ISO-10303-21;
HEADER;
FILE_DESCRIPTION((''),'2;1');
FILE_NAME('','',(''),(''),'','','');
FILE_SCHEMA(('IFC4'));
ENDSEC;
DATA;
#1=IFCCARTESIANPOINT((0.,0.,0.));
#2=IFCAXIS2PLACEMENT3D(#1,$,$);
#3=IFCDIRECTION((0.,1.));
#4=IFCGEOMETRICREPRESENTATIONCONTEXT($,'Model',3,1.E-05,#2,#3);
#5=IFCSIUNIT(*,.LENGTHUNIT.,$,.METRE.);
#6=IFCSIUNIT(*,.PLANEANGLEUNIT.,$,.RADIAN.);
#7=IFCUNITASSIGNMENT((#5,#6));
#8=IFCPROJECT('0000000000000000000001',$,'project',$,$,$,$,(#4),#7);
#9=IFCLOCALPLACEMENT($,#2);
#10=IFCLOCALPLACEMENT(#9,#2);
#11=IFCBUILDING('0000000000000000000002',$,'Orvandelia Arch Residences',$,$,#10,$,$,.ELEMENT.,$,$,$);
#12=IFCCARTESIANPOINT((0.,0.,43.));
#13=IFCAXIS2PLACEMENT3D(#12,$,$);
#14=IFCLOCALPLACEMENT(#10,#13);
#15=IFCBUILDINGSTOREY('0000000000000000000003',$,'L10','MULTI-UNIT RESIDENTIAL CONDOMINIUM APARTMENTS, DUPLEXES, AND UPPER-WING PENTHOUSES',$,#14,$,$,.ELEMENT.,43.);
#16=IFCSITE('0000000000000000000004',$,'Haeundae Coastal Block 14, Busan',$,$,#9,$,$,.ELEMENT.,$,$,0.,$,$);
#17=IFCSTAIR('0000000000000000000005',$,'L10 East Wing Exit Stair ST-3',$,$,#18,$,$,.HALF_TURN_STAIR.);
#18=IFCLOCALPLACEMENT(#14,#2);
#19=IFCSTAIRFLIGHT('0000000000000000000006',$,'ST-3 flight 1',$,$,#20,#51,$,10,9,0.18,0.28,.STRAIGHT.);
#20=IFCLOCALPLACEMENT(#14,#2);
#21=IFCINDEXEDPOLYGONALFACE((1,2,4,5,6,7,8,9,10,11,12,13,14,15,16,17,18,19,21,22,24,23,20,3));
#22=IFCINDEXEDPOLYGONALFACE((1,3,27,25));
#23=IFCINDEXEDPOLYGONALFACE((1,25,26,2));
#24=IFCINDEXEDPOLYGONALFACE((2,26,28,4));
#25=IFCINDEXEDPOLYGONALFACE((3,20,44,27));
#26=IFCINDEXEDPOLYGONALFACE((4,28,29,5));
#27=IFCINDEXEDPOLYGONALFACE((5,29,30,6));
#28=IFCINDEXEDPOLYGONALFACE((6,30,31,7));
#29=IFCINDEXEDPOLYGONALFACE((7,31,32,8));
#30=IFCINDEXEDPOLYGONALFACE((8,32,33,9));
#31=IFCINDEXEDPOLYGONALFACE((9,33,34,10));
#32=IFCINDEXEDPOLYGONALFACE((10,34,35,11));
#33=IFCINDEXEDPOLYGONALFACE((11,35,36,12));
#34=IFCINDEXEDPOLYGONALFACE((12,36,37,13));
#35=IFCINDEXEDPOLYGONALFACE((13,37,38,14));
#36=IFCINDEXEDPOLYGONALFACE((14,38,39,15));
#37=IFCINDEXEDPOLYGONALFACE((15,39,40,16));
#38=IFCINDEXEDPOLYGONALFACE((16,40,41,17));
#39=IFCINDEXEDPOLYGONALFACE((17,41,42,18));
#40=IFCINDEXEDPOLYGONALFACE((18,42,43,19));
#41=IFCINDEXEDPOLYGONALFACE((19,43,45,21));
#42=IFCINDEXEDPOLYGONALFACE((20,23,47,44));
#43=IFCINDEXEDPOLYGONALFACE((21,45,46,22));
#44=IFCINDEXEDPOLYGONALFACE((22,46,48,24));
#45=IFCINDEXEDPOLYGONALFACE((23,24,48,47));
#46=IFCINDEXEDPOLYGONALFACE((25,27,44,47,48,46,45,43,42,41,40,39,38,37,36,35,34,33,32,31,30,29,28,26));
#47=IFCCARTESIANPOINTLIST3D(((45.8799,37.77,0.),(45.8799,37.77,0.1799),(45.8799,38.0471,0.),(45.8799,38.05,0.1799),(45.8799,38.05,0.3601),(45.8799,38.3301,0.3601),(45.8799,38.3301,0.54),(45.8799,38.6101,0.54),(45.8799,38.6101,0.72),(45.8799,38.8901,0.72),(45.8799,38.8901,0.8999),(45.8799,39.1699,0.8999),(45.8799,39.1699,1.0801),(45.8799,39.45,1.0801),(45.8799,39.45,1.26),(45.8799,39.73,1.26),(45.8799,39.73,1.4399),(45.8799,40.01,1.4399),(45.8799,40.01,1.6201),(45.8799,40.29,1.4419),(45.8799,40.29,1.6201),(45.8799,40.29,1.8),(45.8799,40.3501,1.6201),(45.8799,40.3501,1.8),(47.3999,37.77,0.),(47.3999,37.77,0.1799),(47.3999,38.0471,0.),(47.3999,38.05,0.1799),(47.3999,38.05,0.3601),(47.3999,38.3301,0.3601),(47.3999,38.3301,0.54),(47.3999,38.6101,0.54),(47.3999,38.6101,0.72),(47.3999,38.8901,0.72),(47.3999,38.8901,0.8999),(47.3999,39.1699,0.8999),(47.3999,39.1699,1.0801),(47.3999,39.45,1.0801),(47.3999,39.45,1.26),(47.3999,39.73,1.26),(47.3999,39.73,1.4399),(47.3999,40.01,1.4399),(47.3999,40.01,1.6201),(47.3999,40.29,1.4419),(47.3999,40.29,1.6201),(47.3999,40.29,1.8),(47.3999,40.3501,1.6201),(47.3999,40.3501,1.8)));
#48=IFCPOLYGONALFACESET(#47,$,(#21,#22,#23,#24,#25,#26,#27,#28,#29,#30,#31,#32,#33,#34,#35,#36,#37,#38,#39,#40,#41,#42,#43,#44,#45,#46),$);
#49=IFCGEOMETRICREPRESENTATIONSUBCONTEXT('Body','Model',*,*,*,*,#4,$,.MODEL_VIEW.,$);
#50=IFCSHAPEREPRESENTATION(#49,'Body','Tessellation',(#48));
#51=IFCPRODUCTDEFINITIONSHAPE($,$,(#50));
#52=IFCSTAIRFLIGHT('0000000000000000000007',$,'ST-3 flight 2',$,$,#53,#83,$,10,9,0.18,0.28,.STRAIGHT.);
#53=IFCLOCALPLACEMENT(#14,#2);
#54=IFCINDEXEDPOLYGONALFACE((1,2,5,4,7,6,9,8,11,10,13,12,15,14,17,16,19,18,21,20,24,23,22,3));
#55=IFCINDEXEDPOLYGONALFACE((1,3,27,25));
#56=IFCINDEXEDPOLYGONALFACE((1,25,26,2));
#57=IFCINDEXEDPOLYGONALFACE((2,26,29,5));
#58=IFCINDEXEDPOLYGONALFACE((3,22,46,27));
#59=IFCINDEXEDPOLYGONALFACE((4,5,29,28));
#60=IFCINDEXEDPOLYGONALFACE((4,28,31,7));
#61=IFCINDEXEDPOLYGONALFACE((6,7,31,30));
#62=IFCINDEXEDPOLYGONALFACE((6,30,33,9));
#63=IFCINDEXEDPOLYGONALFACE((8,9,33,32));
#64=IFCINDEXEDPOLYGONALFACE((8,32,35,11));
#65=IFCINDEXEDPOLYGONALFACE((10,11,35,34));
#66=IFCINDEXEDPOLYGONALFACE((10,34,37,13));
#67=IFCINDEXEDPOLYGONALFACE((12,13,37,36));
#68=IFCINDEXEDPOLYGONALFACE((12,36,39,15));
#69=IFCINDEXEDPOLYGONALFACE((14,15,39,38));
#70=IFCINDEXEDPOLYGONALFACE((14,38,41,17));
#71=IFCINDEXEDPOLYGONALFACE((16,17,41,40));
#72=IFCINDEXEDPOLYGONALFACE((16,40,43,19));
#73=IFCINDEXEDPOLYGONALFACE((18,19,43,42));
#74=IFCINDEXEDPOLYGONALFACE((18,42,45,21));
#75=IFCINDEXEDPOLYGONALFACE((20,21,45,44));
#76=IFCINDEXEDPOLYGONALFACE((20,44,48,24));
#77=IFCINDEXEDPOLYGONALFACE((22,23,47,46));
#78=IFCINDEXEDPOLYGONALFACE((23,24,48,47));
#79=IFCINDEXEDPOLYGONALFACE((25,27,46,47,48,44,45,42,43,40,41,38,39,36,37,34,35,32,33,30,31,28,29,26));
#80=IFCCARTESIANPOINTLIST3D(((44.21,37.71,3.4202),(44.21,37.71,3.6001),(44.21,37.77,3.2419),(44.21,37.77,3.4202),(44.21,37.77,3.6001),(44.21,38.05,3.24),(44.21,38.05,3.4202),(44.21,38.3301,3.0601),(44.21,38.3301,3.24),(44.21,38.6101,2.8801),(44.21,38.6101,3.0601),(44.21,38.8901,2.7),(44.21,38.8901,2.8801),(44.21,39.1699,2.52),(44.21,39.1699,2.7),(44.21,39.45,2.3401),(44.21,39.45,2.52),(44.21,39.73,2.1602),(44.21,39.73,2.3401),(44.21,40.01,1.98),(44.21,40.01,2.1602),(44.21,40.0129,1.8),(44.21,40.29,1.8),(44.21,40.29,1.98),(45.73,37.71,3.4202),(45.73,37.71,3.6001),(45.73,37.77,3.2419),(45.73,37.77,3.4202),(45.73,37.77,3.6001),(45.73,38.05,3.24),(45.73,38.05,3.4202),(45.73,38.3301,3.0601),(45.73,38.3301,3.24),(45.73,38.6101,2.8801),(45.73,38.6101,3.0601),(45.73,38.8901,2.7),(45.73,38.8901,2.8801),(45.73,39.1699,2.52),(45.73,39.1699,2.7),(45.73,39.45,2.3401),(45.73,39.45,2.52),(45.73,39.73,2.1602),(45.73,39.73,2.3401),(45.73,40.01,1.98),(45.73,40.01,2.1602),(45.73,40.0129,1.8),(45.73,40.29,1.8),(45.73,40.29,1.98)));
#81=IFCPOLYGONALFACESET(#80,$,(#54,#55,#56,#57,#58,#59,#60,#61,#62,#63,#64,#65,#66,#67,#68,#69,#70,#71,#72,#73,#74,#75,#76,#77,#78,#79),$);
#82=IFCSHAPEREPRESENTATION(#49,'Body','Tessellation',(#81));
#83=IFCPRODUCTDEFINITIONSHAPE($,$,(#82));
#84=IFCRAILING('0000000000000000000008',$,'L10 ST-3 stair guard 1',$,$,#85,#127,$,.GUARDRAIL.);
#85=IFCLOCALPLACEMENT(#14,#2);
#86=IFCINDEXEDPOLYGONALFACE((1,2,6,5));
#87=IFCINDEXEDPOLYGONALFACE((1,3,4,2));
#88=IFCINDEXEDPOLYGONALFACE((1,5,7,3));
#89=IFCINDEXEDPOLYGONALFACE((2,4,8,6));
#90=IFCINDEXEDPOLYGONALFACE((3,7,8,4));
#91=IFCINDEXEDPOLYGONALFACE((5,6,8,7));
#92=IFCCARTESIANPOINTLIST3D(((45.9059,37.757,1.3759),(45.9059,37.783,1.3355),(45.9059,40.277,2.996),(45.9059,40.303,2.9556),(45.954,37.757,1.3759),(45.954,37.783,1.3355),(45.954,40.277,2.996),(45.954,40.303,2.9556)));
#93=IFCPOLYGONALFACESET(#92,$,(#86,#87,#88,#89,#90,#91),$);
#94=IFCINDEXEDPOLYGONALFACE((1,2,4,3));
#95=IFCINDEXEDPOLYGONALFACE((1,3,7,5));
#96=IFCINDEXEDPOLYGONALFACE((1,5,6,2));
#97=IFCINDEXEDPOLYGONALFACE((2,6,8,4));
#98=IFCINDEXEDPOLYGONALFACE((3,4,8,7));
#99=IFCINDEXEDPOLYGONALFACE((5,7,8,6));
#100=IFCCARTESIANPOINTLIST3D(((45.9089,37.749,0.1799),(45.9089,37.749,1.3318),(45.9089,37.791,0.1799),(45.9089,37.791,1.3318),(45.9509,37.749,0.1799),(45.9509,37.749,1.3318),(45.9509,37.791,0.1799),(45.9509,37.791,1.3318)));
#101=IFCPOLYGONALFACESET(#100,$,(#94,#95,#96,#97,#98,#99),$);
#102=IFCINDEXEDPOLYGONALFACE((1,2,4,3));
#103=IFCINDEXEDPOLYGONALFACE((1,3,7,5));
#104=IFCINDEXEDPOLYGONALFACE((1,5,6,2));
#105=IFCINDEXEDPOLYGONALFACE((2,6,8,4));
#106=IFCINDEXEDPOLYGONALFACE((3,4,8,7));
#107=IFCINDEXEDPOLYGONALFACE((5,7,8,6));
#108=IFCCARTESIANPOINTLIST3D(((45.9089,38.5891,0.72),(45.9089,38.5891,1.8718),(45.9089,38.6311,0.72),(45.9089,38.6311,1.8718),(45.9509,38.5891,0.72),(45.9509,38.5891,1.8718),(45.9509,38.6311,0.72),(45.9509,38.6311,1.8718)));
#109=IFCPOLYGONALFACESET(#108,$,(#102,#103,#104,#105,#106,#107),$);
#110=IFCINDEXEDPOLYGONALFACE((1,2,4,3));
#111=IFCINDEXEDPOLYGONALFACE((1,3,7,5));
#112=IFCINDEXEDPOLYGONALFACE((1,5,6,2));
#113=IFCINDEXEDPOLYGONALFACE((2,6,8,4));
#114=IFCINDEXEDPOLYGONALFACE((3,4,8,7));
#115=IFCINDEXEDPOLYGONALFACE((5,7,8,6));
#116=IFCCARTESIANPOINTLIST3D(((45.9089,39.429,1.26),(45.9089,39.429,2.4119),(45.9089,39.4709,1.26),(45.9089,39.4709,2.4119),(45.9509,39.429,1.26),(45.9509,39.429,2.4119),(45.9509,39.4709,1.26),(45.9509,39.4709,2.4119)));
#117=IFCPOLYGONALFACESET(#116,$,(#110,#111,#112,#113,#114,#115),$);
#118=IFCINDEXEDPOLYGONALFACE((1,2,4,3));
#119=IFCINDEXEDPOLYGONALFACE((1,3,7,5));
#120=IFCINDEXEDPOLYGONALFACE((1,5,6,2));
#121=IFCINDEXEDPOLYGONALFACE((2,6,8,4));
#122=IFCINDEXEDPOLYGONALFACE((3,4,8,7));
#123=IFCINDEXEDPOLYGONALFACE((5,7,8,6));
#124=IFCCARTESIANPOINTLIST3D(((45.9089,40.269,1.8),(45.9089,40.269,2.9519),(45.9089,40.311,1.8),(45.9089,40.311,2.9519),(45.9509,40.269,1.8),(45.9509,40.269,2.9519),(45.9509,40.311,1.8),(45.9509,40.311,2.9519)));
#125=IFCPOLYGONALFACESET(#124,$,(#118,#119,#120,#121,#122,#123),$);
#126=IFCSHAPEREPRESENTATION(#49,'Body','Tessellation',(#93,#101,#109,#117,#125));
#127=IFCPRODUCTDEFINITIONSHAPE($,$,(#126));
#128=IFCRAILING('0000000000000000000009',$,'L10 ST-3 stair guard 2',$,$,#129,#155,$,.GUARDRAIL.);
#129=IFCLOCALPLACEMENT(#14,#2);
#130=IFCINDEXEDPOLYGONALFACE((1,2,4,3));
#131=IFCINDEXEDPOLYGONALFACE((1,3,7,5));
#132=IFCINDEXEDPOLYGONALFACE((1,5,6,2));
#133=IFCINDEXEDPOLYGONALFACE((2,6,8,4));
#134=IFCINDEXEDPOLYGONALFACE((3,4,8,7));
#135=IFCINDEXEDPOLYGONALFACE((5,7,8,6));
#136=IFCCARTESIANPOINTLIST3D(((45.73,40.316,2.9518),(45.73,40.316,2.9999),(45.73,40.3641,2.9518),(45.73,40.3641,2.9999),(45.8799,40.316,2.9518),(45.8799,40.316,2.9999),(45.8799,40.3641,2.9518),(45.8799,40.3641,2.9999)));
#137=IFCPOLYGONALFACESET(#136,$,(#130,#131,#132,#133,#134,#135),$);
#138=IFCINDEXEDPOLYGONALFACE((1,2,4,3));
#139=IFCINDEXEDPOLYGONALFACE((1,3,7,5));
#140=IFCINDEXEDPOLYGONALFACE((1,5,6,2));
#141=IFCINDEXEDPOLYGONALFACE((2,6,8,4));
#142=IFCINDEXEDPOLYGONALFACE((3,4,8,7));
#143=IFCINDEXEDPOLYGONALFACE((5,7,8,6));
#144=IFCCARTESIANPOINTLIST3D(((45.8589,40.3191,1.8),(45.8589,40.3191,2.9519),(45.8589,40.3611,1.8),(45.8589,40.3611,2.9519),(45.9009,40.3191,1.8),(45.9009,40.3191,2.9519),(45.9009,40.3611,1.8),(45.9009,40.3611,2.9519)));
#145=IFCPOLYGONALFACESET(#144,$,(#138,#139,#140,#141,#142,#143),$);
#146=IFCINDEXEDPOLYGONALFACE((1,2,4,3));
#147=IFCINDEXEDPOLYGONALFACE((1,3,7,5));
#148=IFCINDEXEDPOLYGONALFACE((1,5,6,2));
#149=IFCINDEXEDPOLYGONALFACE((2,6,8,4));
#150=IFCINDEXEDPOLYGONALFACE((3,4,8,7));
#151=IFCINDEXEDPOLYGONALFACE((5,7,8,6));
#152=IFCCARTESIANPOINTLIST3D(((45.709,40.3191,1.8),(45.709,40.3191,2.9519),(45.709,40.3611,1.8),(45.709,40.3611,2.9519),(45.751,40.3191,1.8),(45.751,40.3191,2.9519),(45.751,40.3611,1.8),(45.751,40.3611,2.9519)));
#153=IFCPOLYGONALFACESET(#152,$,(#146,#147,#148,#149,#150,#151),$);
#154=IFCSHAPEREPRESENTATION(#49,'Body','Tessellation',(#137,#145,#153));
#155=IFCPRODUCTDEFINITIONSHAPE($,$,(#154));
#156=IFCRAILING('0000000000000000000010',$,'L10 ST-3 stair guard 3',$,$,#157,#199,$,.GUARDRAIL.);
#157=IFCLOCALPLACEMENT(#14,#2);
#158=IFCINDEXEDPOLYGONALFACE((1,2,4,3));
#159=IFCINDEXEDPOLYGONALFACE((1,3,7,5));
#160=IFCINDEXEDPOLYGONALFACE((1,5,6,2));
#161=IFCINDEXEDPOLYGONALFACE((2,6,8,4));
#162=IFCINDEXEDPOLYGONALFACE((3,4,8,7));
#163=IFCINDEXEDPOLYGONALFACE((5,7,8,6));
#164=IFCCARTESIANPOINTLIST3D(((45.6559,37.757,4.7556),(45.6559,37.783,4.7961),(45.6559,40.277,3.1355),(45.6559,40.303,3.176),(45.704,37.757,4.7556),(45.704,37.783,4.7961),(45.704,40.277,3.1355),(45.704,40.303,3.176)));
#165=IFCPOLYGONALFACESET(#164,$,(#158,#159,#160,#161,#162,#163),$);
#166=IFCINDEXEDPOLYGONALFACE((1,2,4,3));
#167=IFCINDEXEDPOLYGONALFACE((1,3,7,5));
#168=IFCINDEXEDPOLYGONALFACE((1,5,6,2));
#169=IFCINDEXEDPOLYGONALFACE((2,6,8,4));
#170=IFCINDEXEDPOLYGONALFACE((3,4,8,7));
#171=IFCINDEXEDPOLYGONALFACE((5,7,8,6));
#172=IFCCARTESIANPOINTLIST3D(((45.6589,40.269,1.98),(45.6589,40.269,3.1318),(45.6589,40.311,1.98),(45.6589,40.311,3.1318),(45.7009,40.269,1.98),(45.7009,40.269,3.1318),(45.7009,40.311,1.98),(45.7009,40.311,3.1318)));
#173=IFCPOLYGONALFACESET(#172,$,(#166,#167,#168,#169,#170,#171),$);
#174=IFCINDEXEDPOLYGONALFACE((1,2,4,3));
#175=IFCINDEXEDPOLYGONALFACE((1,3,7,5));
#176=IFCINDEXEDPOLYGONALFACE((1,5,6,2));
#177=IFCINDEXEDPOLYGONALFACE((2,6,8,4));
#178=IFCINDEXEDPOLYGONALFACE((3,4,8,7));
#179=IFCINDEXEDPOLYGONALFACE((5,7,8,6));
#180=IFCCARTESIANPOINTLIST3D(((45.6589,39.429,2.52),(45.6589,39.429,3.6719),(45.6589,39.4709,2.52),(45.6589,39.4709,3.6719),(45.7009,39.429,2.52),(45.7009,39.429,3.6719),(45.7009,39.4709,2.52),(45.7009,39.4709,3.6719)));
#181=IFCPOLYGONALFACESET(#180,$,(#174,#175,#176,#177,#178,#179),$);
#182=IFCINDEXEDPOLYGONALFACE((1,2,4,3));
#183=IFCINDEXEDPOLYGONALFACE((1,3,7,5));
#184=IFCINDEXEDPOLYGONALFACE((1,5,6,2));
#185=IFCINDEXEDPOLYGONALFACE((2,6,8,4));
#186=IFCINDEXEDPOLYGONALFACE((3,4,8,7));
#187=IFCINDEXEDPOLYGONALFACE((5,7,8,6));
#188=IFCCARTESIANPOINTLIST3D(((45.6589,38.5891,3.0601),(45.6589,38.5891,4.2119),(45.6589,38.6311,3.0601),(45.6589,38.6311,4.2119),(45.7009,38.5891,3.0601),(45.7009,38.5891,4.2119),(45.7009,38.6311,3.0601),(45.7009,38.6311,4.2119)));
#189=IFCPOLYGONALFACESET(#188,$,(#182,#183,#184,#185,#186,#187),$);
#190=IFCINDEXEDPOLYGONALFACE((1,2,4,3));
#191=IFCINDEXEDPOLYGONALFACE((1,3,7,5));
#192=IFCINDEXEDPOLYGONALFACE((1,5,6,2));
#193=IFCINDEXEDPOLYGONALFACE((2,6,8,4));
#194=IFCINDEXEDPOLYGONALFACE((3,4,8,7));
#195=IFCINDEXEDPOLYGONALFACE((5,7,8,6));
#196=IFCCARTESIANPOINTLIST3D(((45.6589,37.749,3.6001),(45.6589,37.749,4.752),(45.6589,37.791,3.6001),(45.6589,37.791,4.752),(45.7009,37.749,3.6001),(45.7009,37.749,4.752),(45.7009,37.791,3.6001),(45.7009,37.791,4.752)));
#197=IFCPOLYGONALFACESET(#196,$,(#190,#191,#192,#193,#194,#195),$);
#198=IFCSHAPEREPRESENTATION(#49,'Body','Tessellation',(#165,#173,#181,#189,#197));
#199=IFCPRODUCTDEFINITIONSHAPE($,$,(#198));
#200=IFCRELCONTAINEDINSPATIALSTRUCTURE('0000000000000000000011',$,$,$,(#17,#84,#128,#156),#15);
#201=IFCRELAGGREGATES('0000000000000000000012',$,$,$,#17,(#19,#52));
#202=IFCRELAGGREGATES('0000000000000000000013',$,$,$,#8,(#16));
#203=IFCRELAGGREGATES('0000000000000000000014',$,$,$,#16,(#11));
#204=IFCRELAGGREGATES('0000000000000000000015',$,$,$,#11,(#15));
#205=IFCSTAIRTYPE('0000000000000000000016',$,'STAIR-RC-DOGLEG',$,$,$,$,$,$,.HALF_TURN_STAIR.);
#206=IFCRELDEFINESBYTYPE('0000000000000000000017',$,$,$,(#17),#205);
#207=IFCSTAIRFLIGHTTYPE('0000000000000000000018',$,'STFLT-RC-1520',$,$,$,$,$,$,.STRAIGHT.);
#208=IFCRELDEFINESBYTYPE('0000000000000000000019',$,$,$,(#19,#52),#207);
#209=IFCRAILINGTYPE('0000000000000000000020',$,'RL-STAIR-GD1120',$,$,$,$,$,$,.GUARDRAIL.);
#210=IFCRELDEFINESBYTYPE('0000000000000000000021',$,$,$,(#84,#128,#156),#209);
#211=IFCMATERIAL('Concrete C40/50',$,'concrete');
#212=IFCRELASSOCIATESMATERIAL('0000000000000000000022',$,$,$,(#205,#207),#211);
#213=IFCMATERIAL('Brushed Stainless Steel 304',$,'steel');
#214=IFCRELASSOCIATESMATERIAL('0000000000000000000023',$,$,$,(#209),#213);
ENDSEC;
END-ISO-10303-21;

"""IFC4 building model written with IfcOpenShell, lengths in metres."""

from ifc_helpers import new_model, si_unit, direction, frame, origin, origin_2d, place, context, subcontext, project, spatial, polyline, rectangle, outline, extrude, material, type_object, element, aggregate, save


model = new_model("IFC4")

# Units and contexts
model_context = context("Model", 3, precision=1e-05, world=origin(), true_north=direction((0.0, 1.0)))
body_context = subcontext(model_context, "Body", "Model", "MODEL_VIEW")
ifc_project = project(units=[si_unit("LENGTHUNIT", "METRE"), si_unit("PLANEANGLEUNIT", "RADIAN")], contexts=[model_context])

# Site, building, storey
site_placement = place(None, origin())
site = spatial("IfcSite", under=ifc_project, at=site_placement, Name="Haeundae Coastal Block 14, Busan", CompositionType="ELEMENT", RefElevation=0.0)
building_placement = place(site_placement, origin())
building = spatial("IfcBuilding", under=site, at=building_placement, Name="Orvandelia Arch Residences", CompositionType="ELEMENT")
storey_placement = place(building_placement, frame((0.0, 0.0, 43.0)))
storey = spatial("IfcBuildingStorey", under=building, at=storey_placement, Name="L10", Description="MULTI-UNIT RESIDENTIAL CONDOMINIUM APARTMENTS, DUPLEXES, AND UPPER-WING PENTHOUSES", CompositionType="ELEMENT", Elevation=43.0)

# Shared definitions
ifc_material_1 = material(Name="Concrete C40/50", Category="concrete")

# Stair, stair flights
stair_type = type_object("IfcStairType", Name="STAIR-RC-DOGLEG", PredefinedType="HALF_TURN_STAIR", material=ifc_material_1)
stair_placement = place(storey_placement, origin())
stair = element("IfcStair", 1, at=stair_placement, inside=storey, type_object=stair_type, Name="L10 East Wing Exit Stair ST-3", PredefinedType="HALF_TURN_STAIR")
stair_flight_type = type_object("IfcStairFlightType", Name="STFLT-RC-1520", PredefinedType="STRAIGHT", material=ifc_material_1)
stair_flight_1_placement = place(storey_placement, frame((46.6399, 37.77, 0.0), z_axis=(0.0, 0.0, 1.0), x_axis=(0.0, 1.0, 0.0)))
stair_flight_1 = element("IfcStairFlight", 2, at=stair_flight_1_placement, type_object=stair_flight_type, Name="ST-3 flight 1", NumberOfRisers=10, NumberOfTreads=9, PredefinedType="STRAIGHT", RiserHeight=0.18, TreadLength=0.28, context=body_context, shape_type="SweptSolid", body=[
    extrude(outline(polyline([(0.0, 0.0), (0.0, 0.1799), (0.28, 0.1799), (0.28, 0.3601), (0.5601, 0.3601), (0.5601, 0.54), (0.8401, 0.54), (0.8401, 0.72), (1.1201, 0.72), (1.1201, 0.8999), (1.3999, 0.8999), (1.3999, 1.0801), (1.6799, 1.0801), (1.6799, 1.26), (1.96, 1.26), (1.96, 1.4399), (2.24, 1.4399), (2.24, 1.6201), (2.52, 1.6201), (2.52, 1.8), (2.5801, 1.8), (2.5801, 1.6201), (2.52, 1.4419), (0.2771, 0.0), (0.0, 0.0)])), frame((0.0, 0.76, 0.0), z_axis=(0.0, -1.0, 0.0), x_axis=(1.0, 0.0, 0.0)), (0.0, 0.0, 1.0), 1.52),
])
stair_flight_2_placement = place(storey_placement, frame((44.97, 40.29, 1.8), z_axis=(0.0, 0.0, 1.0), x_axis=(0.0, -1.0, 0.0)))
stair_flight_2 = element("IfcStairFlight", 3, at=stair_flight_2_placement, type_object=stair_flight_type, Name="ST-3 flight 2", NumberOfRisers=10, NumberOfTreads=9, PredefinedType="STRAIGHT", RiserHeight=0.18, TreadLength=0.28, context=body_context, shape_type="SweptSolid", body=[
    extrude(outline(polyline([(0.0, 0.0), (0.0, 0.1799), (0.28, 0.1799), (0.28, 0.3601), (0.5601, 0.3601), (0.5601, 0.54), (0.8401, 0.54), (0.8401, 0.72), (1.1201, 0.72), (1.1201, 0.8999), (1.3999, 0.8999), (1.3999, 1.0801), (1.6799, 1.0801), (1.6799, 1.26), (1.96, 1.26), (1.96, 1.4399), (2.24, 1.4399), (2.24, 1.6201), (2.52, 1.6201), (2.52, 1.8), (2.5801, 1.8), (2.5801, 1.6201), (2.52, 1.4419), (0.2771, 0.0), (0.0, 0.0)])), frame((0.0, 0.76, 0.0), z_axis=(0.0, -1.0, 0.0), x_axis=(1.0, 0.0, 0.0)), (0.0, 0.0, 1.0), 1.52),
])
aggregate(stair, [stair_flight_1, stair_flight_2])

# Railings
ifc_material_2 = material(Name="Brushed Stainless Steel 304", Category="steel")
railing_type_1 = type_object("IfcRailingType", Name="RL-STAIR-GD1120", PredefinedType="GUARDRAIL", material=ifc_material_2)
railing_1_placement = place(storey_placement, frame((45.9299, 37.77, 0.1799)))
element("IfcRailing", 4, at=railing_1_placement, inside=storey, type_object=railing_type_1, Name="L10 ST-3 stair guard 1", PredefinedType="GUARDRAIL", context=body_context, shape_type="SweptSolid", body=[
    extrude(rectangle(XDim=0.0481, YDim=0.0481, at=origin_2d()), frame((0.0, 0.0, 1.1758), z_axis=(0.0, 0.841163, 0.540782), x_axis=(-1.0, 0.0, 0.0)), (0.0, 0.0, 1.0), 2.9958),
    extrude(rectangle(XDim=0.042, YDim=0.042, at=origin_2d()), origin(), (0.0, 0.0, 1.0), 1.1519),
    extrude(rectangle(XDim=0.042, YDim=0.042, at=origin_2d()), frame((0.0, 0.8401, 0.54)), (0.0, 0.0, 1.0), 1.1519),
    extrude(rectangle(XDim=0.042, YDim=0.042, at=origin_2d()), frame((0.0, 1.6799, 1.0801)), (0.0, 0.0, 1.0), 1.1519),
    extrude(rectangle(XDim=0.042, YDim=0.042, at=origin_2d()), frame((0.0, 2.52, 1.6201)), (0.0, 0.0, 1.0), 1.1519),
])
railing_2_placement = place(storey_placement, frame((45.8799, 40.3401, 1.8)))
element("IfcRailing", 5, at=railing_2_placement, inside=storey, type_object=railing_type_1, Name="L10 ST-3 stair guard 2", PredefinedType="GUARDRAIL", context=body_context, shape_type="SweptSolid", body=[
    extrude(rectangle(XDim=0.0481, YDim=0.0481, at=origin_2d()), frame((0.0, 0.0, 1.1758), z_axis=(-1.0, 0.0, 0.0), x_axis=(0.0, -1.0, 0.0)), (0.0, 0.0, 1.0), 0.1499),
    extrude(rectangle(XDim=0.042, YDim=0.042, at=origin_2d()), origin(), (0.0, 0.0, 1.0), 1.1519),
    extrude(rectangle(XDim=0.042, YDim=0.042, at=origin_2d()), frame((-0.1499, 0.0, 0.0)), (0.0, 0.0, 1.0), 1.1519),
])
railing_3_placement = place(storey_placement, frame((45.6799, 40.29, 1.98)))
element("IfcRailing", 6, at=railing_3_placement, inside=storey, type_object=railing_type_1, Name="L10 ST-3 stair guard 3", PredefinedType="GUARDRAIL", context=body_context, shape_type="SweptSolid", body=[
    extrude(rectangle(XDim=0.0481, YDim=0.0481, at=origin_2d()), frame((0.0, 0.0, 1.1758), z_axis=(0.0, -0.841163, 0.540782), x_axis=(1.0, 0.0, 0.0)), (0.0, 0.0, 1.0), 2.9958),
    extrude(rectangle(XDim=0.042, YDim=0.042, at=origin_2d()), origin(), (0.0, 0.0, 1.0), 1.1519),
    extrude(rectangle(XDim=0.042, YDim=0.042, at=origin_2d()), frame((0.0, -0.8401, 0.54)), (0.0, 0.0, 1.0), 1.1519),
    extrude(rectangle(XDim=0.042, YDim=0.042, at=origin_2d()), frame((0.0, -1.6799, 1.0801)), (0.0, 0.0, 1.0), 1.1519),
    extrude(rectangle(XDim=0.042, YDim=0.042, at=origin_2d()), frame((0.0, -2.52, 1.6201)), (0.0, 0.0, 1.0), 1.1519),
])

save(model, "model.ifc")
